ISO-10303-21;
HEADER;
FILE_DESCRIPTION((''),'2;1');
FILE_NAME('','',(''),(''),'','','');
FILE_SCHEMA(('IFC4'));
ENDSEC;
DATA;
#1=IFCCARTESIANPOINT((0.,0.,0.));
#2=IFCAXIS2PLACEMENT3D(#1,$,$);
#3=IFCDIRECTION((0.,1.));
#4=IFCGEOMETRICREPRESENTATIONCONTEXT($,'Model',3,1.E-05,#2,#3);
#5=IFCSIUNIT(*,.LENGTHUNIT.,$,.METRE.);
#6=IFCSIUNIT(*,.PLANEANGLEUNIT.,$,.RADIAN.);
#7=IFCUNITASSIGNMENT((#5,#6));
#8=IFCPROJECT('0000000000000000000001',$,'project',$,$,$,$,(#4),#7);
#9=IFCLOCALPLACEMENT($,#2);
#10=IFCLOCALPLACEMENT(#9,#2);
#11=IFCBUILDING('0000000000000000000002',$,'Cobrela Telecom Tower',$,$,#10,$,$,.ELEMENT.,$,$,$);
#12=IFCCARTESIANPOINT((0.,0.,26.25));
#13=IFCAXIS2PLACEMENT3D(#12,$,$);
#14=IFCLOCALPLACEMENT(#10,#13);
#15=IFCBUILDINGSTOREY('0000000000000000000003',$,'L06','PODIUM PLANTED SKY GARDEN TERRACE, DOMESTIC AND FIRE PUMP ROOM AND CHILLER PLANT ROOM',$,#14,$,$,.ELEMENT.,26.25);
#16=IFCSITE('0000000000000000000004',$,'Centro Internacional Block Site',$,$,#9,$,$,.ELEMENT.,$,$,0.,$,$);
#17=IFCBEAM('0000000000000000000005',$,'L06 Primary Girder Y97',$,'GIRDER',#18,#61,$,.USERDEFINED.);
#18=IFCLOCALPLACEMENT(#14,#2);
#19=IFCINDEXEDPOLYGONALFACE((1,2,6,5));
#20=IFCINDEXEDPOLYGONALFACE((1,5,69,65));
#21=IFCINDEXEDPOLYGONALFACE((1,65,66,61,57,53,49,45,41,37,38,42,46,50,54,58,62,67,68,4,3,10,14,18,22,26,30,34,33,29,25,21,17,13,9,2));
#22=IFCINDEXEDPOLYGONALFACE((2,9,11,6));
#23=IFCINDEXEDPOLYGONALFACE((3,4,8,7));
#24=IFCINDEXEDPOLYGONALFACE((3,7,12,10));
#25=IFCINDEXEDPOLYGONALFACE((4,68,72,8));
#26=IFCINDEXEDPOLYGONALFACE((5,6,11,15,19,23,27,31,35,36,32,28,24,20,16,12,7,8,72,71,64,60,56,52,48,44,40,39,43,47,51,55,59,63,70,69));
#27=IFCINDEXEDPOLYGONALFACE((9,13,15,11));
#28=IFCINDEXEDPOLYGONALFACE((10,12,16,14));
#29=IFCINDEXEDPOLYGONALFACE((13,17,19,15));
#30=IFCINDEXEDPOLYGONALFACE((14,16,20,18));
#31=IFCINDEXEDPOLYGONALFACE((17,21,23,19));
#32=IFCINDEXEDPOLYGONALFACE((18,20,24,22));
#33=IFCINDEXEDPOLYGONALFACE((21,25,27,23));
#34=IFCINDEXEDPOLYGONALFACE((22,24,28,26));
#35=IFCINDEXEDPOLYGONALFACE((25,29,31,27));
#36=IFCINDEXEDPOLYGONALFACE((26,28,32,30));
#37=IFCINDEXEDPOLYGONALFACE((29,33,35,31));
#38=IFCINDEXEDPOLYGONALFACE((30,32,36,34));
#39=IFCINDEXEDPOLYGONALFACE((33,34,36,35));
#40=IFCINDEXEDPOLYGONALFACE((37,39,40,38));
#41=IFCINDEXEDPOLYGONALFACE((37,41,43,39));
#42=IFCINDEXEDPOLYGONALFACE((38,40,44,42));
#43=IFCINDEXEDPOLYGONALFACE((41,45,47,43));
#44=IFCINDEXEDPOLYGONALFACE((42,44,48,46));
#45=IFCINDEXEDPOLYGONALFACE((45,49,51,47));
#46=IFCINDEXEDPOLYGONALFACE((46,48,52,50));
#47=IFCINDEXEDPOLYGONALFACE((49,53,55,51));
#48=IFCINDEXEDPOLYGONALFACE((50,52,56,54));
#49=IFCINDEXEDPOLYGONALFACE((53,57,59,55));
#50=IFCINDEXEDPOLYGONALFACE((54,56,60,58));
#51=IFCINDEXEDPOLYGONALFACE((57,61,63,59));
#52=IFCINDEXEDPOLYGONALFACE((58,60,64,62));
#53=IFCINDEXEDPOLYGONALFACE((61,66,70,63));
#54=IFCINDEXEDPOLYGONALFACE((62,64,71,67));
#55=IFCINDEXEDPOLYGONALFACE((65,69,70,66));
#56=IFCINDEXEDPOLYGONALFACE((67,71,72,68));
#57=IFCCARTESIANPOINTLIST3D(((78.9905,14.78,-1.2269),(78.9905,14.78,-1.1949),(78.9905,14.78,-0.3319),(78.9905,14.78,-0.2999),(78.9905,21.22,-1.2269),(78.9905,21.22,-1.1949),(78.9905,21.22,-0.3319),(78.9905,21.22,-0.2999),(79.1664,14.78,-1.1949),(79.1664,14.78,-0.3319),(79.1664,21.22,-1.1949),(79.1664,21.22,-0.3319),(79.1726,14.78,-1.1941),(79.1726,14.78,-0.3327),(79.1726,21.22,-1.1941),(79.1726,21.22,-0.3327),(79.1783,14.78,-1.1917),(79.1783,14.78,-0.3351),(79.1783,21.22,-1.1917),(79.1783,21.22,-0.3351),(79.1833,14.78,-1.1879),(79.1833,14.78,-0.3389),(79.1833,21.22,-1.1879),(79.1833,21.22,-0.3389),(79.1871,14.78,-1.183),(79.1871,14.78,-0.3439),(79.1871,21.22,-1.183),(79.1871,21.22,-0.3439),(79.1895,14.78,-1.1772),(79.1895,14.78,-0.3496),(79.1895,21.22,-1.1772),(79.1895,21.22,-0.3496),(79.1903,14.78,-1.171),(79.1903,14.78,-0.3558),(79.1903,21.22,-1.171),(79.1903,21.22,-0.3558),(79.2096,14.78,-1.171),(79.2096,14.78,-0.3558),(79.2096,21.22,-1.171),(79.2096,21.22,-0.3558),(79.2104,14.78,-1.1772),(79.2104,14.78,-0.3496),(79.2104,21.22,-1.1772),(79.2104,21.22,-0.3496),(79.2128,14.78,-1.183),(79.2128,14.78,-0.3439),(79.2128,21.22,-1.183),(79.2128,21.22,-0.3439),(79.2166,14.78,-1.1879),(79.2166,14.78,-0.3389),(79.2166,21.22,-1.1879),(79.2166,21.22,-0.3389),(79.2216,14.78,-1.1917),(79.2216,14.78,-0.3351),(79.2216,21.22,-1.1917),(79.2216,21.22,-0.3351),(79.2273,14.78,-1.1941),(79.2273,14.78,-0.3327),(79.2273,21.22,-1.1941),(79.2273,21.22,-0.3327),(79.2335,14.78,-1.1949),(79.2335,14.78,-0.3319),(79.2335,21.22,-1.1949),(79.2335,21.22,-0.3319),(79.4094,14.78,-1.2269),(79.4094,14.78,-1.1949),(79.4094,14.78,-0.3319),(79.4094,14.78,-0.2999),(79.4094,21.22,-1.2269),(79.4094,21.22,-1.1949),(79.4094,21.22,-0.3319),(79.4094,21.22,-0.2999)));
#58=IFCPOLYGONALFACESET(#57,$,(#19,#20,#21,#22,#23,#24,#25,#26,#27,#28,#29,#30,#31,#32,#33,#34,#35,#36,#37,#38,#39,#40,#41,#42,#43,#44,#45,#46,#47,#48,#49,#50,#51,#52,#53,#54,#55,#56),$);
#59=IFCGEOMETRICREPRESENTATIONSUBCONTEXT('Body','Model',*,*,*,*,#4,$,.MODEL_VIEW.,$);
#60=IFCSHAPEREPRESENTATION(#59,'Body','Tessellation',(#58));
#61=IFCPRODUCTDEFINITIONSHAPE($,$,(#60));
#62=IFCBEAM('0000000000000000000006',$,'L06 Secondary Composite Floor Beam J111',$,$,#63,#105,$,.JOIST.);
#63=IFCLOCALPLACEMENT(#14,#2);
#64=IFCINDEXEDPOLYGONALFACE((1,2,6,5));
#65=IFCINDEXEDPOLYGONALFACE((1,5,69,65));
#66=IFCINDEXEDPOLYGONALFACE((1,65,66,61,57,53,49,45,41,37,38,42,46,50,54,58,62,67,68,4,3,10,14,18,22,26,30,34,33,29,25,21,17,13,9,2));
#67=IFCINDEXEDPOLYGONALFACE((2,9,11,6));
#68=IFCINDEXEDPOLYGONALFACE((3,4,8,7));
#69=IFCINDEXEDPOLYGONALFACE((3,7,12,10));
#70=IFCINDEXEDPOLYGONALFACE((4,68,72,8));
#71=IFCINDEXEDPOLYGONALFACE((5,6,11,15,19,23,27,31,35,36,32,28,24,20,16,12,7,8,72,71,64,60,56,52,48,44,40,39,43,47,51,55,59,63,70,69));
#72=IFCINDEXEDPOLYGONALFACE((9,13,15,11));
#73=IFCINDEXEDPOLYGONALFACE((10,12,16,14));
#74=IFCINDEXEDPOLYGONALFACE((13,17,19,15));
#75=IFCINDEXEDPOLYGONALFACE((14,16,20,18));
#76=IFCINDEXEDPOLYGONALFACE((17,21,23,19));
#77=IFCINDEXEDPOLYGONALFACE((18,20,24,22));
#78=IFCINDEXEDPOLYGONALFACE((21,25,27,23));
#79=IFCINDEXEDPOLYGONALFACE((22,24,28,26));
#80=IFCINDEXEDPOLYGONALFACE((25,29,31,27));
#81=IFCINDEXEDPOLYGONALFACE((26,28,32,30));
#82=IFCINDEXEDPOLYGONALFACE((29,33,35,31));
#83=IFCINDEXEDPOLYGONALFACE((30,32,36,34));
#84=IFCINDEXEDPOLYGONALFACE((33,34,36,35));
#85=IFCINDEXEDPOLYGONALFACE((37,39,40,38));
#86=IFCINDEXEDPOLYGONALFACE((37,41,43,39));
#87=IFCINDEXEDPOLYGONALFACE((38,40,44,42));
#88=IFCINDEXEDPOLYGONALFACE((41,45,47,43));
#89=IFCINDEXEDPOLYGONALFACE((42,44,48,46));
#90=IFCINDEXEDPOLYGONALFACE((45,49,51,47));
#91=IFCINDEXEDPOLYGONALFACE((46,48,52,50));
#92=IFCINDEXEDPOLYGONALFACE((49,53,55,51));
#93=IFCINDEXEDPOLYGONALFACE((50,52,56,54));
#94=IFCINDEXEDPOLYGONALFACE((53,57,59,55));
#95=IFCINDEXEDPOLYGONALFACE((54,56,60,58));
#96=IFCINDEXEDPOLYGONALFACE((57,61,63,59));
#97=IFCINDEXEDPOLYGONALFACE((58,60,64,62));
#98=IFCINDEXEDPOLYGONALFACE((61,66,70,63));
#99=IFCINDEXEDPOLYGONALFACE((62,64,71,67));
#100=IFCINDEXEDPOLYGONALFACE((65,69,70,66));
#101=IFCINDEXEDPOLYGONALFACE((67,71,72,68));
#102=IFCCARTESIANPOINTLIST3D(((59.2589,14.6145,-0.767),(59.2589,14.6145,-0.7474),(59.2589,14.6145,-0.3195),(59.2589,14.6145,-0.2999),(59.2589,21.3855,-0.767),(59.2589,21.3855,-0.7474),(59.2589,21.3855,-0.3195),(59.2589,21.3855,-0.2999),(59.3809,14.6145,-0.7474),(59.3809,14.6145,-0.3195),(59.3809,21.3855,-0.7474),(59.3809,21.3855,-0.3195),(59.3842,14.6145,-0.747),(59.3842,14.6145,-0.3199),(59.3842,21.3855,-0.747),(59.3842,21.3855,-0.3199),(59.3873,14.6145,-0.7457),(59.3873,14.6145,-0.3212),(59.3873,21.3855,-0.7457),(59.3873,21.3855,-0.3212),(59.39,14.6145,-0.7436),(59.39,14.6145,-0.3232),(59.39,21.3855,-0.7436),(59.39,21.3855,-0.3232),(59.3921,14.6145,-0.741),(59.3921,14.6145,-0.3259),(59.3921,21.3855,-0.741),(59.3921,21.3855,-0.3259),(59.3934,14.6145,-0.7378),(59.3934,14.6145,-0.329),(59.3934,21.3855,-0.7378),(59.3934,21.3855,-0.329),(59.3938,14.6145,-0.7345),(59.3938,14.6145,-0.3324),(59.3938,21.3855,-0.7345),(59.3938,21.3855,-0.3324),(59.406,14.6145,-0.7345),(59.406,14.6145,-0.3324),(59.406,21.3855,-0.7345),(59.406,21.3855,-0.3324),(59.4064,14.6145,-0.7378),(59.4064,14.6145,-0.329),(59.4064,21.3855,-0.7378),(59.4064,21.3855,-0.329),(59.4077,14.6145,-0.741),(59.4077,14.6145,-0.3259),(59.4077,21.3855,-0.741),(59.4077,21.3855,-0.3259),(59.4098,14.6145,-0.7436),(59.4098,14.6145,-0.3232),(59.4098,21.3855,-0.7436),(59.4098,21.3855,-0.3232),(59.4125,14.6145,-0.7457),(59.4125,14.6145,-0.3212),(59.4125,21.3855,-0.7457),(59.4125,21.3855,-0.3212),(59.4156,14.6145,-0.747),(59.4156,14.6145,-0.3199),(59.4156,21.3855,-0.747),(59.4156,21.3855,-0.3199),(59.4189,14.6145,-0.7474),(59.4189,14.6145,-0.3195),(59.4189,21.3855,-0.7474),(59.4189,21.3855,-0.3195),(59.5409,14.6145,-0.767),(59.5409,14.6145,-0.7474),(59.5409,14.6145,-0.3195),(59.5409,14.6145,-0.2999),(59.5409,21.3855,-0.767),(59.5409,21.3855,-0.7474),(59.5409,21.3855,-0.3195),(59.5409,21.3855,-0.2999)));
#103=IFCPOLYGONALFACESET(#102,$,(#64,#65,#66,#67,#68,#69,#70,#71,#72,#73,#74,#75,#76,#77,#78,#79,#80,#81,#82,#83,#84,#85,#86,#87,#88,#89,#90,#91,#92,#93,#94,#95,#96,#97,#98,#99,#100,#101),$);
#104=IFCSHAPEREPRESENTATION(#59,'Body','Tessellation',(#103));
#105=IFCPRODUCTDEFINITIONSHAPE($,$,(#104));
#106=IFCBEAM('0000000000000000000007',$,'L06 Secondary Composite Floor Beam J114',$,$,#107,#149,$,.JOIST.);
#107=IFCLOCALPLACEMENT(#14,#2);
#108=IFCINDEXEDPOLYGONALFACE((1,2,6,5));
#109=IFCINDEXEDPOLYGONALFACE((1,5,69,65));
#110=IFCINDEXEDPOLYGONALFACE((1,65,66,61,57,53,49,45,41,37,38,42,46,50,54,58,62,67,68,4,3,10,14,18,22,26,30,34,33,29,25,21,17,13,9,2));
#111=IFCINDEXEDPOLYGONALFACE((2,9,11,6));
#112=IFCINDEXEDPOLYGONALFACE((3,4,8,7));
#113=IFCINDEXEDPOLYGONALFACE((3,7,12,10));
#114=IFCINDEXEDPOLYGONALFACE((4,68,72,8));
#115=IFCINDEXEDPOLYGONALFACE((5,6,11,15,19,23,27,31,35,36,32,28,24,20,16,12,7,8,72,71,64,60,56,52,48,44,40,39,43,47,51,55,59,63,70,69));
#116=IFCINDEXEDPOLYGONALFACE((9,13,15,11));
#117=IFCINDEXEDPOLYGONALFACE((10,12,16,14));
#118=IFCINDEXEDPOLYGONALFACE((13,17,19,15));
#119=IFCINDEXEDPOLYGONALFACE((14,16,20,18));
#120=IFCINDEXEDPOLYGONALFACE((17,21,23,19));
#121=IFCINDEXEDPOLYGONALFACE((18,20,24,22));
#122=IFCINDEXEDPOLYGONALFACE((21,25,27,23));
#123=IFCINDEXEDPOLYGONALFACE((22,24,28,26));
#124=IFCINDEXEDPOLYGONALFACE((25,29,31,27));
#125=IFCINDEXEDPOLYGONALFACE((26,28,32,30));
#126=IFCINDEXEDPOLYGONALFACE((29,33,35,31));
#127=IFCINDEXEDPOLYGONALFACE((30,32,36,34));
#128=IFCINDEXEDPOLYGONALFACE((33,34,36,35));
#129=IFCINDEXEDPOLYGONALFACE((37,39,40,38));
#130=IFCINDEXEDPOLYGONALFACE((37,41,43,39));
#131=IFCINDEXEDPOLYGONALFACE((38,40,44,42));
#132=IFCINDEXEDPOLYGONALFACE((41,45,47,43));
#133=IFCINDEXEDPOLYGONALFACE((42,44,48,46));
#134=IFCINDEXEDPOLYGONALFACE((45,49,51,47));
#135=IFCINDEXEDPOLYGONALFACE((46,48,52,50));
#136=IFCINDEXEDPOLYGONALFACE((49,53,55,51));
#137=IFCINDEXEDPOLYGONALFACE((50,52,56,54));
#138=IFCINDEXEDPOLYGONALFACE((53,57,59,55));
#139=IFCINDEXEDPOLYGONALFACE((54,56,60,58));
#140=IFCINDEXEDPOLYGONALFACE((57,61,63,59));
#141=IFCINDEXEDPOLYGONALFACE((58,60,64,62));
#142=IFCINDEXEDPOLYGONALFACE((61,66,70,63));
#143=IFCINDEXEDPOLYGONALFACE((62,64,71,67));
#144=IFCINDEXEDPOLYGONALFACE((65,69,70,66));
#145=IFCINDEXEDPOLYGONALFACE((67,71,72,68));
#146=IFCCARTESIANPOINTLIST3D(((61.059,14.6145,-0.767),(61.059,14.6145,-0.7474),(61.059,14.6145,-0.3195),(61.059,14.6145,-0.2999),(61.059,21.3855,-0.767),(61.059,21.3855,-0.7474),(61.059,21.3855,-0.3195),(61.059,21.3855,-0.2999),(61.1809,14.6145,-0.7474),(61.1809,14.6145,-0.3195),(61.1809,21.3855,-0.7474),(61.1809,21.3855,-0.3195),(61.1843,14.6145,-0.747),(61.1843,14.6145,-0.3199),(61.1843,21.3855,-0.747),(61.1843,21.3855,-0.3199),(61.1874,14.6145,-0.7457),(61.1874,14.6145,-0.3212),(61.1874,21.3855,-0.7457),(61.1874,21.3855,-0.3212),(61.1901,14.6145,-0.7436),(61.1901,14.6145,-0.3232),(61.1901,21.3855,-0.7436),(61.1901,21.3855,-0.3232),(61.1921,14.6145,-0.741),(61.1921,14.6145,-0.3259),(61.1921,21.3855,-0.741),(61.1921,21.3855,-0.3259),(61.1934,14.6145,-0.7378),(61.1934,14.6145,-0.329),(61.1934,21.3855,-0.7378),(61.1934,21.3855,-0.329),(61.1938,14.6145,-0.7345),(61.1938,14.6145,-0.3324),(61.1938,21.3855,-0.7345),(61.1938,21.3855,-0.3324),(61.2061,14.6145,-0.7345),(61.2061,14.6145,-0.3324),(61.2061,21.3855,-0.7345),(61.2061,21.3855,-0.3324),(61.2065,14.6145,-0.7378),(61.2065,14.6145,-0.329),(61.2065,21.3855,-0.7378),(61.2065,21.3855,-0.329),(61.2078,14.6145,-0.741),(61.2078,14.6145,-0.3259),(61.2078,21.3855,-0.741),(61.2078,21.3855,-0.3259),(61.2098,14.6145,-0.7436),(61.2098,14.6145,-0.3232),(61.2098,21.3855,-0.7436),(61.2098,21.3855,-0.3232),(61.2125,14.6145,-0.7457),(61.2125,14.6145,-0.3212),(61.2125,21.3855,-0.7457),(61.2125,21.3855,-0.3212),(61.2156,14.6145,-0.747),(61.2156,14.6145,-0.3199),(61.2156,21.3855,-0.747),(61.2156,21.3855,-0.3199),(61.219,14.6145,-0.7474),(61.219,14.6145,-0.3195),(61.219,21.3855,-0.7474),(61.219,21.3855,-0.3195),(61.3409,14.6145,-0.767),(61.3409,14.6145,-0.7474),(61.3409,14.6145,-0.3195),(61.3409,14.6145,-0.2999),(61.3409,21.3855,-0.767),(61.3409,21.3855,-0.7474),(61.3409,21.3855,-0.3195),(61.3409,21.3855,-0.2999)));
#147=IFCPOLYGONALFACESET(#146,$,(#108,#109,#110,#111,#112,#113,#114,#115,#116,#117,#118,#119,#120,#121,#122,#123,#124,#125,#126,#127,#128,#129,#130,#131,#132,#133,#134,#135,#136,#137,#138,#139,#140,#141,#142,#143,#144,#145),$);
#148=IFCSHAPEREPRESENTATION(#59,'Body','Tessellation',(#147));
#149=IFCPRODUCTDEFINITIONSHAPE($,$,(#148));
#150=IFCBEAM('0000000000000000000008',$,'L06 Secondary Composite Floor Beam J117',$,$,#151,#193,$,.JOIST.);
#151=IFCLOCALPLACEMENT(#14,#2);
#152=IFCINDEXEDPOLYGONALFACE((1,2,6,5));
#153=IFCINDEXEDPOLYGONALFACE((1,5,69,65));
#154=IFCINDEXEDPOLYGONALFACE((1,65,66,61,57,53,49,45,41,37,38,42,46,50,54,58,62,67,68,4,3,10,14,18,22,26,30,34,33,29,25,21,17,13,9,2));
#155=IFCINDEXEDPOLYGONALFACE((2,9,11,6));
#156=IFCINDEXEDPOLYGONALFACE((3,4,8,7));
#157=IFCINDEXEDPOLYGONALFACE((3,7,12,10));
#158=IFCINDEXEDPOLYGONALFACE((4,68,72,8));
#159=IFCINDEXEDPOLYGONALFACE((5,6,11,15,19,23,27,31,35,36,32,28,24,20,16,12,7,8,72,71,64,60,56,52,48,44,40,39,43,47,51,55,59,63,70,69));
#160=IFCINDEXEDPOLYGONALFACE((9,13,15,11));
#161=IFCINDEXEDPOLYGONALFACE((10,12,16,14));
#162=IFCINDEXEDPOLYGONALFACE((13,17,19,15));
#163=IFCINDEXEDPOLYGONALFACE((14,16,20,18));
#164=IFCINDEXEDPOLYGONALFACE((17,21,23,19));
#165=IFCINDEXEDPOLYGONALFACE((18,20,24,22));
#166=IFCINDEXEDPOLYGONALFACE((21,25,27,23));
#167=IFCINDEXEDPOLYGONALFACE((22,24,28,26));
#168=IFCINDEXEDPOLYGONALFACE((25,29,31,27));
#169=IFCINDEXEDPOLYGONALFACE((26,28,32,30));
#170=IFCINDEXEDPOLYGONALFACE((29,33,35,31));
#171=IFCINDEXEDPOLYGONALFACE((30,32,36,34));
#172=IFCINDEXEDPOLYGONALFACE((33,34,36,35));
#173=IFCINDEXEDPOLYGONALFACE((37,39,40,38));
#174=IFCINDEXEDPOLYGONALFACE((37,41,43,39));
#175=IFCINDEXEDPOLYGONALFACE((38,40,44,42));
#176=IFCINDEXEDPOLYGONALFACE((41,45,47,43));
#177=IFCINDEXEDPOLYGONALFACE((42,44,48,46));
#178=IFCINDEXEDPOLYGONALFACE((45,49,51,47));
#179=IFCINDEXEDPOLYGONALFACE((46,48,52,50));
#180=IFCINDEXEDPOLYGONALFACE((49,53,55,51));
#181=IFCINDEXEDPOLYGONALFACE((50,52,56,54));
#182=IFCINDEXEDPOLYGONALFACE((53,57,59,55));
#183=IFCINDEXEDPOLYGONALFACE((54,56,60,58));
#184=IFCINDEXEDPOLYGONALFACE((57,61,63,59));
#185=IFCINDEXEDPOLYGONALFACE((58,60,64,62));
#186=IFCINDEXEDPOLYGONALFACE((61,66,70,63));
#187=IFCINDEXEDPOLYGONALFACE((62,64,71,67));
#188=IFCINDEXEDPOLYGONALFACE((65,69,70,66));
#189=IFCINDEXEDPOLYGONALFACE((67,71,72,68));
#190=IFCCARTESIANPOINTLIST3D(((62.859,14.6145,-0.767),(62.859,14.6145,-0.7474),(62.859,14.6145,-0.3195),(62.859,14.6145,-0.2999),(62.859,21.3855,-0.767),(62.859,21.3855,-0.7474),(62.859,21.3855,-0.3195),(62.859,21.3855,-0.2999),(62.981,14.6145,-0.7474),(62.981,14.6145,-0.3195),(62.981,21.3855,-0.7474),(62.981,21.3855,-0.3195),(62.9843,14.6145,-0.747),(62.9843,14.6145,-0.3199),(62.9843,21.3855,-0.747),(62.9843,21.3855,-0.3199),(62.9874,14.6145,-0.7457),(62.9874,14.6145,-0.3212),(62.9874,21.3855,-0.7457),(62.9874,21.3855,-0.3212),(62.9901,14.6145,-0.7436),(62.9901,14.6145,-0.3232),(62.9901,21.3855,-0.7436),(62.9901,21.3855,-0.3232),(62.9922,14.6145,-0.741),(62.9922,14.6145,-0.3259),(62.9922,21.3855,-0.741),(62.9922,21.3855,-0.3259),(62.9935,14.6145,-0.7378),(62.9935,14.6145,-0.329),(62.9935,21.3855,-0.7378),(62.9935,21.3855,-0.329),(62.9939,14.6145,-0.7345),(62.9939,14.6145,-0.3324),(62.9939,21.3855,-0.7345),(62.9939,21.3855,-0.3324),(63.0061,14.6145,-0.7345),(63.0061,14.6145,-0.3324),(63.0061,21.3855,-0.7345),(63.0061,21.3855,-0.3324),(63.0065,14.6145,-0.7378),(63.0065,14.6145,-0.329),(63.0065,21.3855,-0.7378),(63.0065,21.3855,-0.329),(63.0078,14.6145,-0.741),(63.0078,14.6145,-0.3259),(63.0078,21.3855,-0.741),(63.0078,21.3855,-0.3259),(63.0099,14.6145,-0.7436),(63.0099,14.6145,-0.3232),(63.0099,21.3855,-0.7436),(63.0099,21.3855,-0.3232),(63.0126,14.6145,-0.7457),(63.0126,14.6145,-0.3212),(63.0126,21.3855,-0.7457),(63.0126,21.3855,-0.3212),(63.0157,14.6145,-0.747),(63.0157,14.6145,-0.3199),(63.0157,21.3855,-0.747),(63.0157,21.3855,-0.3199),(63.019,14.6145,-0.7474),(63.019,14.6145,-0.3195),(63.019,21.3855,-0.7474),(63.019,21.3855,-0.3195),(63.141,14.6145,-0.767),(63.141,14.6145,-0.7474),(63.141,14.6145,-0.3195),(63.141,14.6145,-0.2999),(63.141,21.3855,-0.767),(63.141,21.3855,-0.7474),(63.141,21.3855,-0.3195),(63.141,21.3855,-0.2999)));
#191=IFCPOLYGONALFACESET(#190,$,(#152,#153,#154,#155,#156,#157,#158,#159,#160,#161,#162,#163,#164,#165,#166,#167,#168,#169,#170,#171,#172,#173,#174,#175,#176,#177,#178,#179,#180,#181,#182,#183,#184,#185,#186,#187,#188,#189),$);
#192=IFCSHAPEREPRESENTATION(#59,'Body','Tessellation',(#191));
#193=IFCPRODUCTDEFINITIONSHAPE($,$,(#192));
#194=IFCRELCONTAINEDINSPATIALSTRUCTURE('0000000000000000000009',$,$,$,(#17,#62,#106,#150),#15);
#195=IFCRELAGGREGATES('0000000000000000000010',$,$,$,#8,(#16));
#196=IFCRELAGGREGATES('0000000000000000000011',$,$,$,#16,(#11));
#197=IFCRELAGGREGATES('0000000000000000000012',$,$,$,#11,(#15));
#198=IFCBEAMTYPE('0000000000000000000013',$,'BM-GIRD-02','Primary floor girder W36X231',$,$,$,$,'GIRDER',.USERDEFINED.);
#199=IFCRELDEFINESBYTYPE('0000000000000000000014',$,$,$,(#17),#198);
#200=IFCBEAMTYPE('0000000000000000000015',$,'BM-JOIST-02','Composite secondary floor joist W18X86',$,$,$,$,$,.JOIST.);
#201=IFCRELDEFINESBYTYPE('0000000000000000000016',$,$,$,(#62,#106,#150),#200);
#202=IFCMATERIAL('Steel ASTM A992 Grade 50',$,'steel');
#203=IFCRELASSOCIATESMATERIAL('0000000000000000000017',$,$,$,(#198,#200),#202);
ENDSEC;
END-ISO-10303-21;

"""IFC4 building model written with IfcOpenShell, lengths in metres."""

from ifc_helpers import new_model, si_unit, direction, frame, origin, origin_2d, place, context, subcontext, project, spatial, i_section, extrude, material, material_profile, profile_set, type_object, element, save


model = new_model("IFC4")

# Units and contexts
model_context = context("Model", 3, precision=1e-05, world=origin(), true_north=direction((0.0, 1.0)))
body_context = subcontext(model_context, "Body", "Model", "MODEL_VIEW")
ifc_project = project(units=[si_unit("LENGTHUNIT", "METRE"), si_unit("PLANEANGLEUNIT", "RADIAN")], contexts=[model_context])

# Site, building, storey
site_placement = place(None, origin())
site = spatial("IfcSite", under=ifc_project, at=site_placement, Name="Centro Internacional Block Site", CompositionType="ELEMENT", RefElevation=0.0)
building_placement = place(site_placement, origin())
building = spatial("IfcBuilding", under=site, at=building_placement, Name="Cobrela Telecom Tower", CompositionType="ELEMENT")
storey_placement = place(building_placement, frame((0.0, 0.0, 26.25)))
storey = spatial("IfcBuildingStorey", under=building, at=storey_placement, Name="L06", Description="PODIUM PLANTED SKY GARDEN TERRACE, DOMESTIC AND FIRE PUMP ROOM AND CHILLER PLANT ROOM", CompositionType="ELEMENT", Elevation=26.25)

# Beams
ifc_material_1 = material(Name="Steel ASTM A992 Grade 50", Category="steel")
ifc_material_profile_1 = material_profile(ifc_material_1, i_section(OverallWidth=0.4189, OverallDepth=0.927, WebThickness=0.0193, FlangeThickness=0.032, FilletRadius=0.0239, at=origin_2d()), Name="W36X231")
ifc_profile_set_1 = profile_set([ifc_material_profile_1], Name="Steel ASTM A992 Grade 50")
beam_type_1 = type_object("IfcBeamType", Name="BM-GIRD-02", Description="Primary floor girder W36X231", ElementType="GIRDER", PredefinedType="USERDEFINED", material=ifc_profile_set_1)
for number, where, z_axis, x_axis, name in (
    (1, (79.2, 14.78, -0.7634), (0.0, 1.0, 0.0), (-1.0, 0.0, 0.0), "L06 Primary Girder Y97"),
):
    element("IfcBeam", number, at=place(storey_placement, frame(where, z_axis=z_axis, x_axis=x_axis)), inside=storey, type_object=beam_type_1, Name=name, ObjectType="GIRDER", PredefinedType="USERDEFINED", context=body_context, shape_type="SweptSolid", body=[
        extrude(i_section(OverallWidth=0.4189, OverallDepth=0.927, WebThickness=0.0193, FlangeThickness=0.032, FilletRadius=0.0239, at=origin_2d()), origin(), (0.0, 0.0, 1.0), 6.4399),
    ])
ifc_material_profile_2 = material_profile(ifc_material_1, i_section(OverallWidth=0.282, OverallDepth=0.467, WebThickness=0.0122, FlangeThickness=0.0195, FilletRadius=0.0129, at=origin_2d()), Name="W18X86")
ifc_profile_set_2 = profile_set([ifc_material_profile_2], Name="Steel ASTM A992 Grade 50")
beam_type_2 = type_object("IfcBeamType", Name="BM-JOIST-02", Description="Composite secondary floor joist W18X86", PredefinedType="JOIST", material=ifc_profile_set_2)
for number, where, z_axis, x_axis, name in (
    (2, (59.3999, 14.6145, -0.5334), (0.0, 1.0, 0.0), (-1.0, 0.0, 0.0), "L06 Secondary Composite Floor Beam J111"),
    (3, (61.2, 14.6145, -0.5334), (0.0, 1.0, 0.0), (-1.0, 0.0, 0.0), "L06 Secondary Composite Floor Beam J114"),
    (4, (63.0, 14.6145, -0.5334), (0.0, 1.0, 0.0), (-1.0, 0.0, 0.0), "L06 Secondary Composite Floor Beam J117"),
):
    element("IfcBeam", number, at=place(storey_placement, frame(where, z_axis=z_axis, x_axis=x_axis)), inside=storey, type_object=beam_type_2, Name=name, PredefinedType="JOIST", context=body_context, shape_type="SweptSolid", body=[
        extrude(i_section(OverallWidth=0.282, OverallDepth=0.467, WebThickness=0.0122, FlangeThickness=0.0195, FilletRadius=0.0129, at=origin_2d()), origin(), (0.0, 0.0, 1.0), 6.771),
    ])

save(model, "model.ifc")
